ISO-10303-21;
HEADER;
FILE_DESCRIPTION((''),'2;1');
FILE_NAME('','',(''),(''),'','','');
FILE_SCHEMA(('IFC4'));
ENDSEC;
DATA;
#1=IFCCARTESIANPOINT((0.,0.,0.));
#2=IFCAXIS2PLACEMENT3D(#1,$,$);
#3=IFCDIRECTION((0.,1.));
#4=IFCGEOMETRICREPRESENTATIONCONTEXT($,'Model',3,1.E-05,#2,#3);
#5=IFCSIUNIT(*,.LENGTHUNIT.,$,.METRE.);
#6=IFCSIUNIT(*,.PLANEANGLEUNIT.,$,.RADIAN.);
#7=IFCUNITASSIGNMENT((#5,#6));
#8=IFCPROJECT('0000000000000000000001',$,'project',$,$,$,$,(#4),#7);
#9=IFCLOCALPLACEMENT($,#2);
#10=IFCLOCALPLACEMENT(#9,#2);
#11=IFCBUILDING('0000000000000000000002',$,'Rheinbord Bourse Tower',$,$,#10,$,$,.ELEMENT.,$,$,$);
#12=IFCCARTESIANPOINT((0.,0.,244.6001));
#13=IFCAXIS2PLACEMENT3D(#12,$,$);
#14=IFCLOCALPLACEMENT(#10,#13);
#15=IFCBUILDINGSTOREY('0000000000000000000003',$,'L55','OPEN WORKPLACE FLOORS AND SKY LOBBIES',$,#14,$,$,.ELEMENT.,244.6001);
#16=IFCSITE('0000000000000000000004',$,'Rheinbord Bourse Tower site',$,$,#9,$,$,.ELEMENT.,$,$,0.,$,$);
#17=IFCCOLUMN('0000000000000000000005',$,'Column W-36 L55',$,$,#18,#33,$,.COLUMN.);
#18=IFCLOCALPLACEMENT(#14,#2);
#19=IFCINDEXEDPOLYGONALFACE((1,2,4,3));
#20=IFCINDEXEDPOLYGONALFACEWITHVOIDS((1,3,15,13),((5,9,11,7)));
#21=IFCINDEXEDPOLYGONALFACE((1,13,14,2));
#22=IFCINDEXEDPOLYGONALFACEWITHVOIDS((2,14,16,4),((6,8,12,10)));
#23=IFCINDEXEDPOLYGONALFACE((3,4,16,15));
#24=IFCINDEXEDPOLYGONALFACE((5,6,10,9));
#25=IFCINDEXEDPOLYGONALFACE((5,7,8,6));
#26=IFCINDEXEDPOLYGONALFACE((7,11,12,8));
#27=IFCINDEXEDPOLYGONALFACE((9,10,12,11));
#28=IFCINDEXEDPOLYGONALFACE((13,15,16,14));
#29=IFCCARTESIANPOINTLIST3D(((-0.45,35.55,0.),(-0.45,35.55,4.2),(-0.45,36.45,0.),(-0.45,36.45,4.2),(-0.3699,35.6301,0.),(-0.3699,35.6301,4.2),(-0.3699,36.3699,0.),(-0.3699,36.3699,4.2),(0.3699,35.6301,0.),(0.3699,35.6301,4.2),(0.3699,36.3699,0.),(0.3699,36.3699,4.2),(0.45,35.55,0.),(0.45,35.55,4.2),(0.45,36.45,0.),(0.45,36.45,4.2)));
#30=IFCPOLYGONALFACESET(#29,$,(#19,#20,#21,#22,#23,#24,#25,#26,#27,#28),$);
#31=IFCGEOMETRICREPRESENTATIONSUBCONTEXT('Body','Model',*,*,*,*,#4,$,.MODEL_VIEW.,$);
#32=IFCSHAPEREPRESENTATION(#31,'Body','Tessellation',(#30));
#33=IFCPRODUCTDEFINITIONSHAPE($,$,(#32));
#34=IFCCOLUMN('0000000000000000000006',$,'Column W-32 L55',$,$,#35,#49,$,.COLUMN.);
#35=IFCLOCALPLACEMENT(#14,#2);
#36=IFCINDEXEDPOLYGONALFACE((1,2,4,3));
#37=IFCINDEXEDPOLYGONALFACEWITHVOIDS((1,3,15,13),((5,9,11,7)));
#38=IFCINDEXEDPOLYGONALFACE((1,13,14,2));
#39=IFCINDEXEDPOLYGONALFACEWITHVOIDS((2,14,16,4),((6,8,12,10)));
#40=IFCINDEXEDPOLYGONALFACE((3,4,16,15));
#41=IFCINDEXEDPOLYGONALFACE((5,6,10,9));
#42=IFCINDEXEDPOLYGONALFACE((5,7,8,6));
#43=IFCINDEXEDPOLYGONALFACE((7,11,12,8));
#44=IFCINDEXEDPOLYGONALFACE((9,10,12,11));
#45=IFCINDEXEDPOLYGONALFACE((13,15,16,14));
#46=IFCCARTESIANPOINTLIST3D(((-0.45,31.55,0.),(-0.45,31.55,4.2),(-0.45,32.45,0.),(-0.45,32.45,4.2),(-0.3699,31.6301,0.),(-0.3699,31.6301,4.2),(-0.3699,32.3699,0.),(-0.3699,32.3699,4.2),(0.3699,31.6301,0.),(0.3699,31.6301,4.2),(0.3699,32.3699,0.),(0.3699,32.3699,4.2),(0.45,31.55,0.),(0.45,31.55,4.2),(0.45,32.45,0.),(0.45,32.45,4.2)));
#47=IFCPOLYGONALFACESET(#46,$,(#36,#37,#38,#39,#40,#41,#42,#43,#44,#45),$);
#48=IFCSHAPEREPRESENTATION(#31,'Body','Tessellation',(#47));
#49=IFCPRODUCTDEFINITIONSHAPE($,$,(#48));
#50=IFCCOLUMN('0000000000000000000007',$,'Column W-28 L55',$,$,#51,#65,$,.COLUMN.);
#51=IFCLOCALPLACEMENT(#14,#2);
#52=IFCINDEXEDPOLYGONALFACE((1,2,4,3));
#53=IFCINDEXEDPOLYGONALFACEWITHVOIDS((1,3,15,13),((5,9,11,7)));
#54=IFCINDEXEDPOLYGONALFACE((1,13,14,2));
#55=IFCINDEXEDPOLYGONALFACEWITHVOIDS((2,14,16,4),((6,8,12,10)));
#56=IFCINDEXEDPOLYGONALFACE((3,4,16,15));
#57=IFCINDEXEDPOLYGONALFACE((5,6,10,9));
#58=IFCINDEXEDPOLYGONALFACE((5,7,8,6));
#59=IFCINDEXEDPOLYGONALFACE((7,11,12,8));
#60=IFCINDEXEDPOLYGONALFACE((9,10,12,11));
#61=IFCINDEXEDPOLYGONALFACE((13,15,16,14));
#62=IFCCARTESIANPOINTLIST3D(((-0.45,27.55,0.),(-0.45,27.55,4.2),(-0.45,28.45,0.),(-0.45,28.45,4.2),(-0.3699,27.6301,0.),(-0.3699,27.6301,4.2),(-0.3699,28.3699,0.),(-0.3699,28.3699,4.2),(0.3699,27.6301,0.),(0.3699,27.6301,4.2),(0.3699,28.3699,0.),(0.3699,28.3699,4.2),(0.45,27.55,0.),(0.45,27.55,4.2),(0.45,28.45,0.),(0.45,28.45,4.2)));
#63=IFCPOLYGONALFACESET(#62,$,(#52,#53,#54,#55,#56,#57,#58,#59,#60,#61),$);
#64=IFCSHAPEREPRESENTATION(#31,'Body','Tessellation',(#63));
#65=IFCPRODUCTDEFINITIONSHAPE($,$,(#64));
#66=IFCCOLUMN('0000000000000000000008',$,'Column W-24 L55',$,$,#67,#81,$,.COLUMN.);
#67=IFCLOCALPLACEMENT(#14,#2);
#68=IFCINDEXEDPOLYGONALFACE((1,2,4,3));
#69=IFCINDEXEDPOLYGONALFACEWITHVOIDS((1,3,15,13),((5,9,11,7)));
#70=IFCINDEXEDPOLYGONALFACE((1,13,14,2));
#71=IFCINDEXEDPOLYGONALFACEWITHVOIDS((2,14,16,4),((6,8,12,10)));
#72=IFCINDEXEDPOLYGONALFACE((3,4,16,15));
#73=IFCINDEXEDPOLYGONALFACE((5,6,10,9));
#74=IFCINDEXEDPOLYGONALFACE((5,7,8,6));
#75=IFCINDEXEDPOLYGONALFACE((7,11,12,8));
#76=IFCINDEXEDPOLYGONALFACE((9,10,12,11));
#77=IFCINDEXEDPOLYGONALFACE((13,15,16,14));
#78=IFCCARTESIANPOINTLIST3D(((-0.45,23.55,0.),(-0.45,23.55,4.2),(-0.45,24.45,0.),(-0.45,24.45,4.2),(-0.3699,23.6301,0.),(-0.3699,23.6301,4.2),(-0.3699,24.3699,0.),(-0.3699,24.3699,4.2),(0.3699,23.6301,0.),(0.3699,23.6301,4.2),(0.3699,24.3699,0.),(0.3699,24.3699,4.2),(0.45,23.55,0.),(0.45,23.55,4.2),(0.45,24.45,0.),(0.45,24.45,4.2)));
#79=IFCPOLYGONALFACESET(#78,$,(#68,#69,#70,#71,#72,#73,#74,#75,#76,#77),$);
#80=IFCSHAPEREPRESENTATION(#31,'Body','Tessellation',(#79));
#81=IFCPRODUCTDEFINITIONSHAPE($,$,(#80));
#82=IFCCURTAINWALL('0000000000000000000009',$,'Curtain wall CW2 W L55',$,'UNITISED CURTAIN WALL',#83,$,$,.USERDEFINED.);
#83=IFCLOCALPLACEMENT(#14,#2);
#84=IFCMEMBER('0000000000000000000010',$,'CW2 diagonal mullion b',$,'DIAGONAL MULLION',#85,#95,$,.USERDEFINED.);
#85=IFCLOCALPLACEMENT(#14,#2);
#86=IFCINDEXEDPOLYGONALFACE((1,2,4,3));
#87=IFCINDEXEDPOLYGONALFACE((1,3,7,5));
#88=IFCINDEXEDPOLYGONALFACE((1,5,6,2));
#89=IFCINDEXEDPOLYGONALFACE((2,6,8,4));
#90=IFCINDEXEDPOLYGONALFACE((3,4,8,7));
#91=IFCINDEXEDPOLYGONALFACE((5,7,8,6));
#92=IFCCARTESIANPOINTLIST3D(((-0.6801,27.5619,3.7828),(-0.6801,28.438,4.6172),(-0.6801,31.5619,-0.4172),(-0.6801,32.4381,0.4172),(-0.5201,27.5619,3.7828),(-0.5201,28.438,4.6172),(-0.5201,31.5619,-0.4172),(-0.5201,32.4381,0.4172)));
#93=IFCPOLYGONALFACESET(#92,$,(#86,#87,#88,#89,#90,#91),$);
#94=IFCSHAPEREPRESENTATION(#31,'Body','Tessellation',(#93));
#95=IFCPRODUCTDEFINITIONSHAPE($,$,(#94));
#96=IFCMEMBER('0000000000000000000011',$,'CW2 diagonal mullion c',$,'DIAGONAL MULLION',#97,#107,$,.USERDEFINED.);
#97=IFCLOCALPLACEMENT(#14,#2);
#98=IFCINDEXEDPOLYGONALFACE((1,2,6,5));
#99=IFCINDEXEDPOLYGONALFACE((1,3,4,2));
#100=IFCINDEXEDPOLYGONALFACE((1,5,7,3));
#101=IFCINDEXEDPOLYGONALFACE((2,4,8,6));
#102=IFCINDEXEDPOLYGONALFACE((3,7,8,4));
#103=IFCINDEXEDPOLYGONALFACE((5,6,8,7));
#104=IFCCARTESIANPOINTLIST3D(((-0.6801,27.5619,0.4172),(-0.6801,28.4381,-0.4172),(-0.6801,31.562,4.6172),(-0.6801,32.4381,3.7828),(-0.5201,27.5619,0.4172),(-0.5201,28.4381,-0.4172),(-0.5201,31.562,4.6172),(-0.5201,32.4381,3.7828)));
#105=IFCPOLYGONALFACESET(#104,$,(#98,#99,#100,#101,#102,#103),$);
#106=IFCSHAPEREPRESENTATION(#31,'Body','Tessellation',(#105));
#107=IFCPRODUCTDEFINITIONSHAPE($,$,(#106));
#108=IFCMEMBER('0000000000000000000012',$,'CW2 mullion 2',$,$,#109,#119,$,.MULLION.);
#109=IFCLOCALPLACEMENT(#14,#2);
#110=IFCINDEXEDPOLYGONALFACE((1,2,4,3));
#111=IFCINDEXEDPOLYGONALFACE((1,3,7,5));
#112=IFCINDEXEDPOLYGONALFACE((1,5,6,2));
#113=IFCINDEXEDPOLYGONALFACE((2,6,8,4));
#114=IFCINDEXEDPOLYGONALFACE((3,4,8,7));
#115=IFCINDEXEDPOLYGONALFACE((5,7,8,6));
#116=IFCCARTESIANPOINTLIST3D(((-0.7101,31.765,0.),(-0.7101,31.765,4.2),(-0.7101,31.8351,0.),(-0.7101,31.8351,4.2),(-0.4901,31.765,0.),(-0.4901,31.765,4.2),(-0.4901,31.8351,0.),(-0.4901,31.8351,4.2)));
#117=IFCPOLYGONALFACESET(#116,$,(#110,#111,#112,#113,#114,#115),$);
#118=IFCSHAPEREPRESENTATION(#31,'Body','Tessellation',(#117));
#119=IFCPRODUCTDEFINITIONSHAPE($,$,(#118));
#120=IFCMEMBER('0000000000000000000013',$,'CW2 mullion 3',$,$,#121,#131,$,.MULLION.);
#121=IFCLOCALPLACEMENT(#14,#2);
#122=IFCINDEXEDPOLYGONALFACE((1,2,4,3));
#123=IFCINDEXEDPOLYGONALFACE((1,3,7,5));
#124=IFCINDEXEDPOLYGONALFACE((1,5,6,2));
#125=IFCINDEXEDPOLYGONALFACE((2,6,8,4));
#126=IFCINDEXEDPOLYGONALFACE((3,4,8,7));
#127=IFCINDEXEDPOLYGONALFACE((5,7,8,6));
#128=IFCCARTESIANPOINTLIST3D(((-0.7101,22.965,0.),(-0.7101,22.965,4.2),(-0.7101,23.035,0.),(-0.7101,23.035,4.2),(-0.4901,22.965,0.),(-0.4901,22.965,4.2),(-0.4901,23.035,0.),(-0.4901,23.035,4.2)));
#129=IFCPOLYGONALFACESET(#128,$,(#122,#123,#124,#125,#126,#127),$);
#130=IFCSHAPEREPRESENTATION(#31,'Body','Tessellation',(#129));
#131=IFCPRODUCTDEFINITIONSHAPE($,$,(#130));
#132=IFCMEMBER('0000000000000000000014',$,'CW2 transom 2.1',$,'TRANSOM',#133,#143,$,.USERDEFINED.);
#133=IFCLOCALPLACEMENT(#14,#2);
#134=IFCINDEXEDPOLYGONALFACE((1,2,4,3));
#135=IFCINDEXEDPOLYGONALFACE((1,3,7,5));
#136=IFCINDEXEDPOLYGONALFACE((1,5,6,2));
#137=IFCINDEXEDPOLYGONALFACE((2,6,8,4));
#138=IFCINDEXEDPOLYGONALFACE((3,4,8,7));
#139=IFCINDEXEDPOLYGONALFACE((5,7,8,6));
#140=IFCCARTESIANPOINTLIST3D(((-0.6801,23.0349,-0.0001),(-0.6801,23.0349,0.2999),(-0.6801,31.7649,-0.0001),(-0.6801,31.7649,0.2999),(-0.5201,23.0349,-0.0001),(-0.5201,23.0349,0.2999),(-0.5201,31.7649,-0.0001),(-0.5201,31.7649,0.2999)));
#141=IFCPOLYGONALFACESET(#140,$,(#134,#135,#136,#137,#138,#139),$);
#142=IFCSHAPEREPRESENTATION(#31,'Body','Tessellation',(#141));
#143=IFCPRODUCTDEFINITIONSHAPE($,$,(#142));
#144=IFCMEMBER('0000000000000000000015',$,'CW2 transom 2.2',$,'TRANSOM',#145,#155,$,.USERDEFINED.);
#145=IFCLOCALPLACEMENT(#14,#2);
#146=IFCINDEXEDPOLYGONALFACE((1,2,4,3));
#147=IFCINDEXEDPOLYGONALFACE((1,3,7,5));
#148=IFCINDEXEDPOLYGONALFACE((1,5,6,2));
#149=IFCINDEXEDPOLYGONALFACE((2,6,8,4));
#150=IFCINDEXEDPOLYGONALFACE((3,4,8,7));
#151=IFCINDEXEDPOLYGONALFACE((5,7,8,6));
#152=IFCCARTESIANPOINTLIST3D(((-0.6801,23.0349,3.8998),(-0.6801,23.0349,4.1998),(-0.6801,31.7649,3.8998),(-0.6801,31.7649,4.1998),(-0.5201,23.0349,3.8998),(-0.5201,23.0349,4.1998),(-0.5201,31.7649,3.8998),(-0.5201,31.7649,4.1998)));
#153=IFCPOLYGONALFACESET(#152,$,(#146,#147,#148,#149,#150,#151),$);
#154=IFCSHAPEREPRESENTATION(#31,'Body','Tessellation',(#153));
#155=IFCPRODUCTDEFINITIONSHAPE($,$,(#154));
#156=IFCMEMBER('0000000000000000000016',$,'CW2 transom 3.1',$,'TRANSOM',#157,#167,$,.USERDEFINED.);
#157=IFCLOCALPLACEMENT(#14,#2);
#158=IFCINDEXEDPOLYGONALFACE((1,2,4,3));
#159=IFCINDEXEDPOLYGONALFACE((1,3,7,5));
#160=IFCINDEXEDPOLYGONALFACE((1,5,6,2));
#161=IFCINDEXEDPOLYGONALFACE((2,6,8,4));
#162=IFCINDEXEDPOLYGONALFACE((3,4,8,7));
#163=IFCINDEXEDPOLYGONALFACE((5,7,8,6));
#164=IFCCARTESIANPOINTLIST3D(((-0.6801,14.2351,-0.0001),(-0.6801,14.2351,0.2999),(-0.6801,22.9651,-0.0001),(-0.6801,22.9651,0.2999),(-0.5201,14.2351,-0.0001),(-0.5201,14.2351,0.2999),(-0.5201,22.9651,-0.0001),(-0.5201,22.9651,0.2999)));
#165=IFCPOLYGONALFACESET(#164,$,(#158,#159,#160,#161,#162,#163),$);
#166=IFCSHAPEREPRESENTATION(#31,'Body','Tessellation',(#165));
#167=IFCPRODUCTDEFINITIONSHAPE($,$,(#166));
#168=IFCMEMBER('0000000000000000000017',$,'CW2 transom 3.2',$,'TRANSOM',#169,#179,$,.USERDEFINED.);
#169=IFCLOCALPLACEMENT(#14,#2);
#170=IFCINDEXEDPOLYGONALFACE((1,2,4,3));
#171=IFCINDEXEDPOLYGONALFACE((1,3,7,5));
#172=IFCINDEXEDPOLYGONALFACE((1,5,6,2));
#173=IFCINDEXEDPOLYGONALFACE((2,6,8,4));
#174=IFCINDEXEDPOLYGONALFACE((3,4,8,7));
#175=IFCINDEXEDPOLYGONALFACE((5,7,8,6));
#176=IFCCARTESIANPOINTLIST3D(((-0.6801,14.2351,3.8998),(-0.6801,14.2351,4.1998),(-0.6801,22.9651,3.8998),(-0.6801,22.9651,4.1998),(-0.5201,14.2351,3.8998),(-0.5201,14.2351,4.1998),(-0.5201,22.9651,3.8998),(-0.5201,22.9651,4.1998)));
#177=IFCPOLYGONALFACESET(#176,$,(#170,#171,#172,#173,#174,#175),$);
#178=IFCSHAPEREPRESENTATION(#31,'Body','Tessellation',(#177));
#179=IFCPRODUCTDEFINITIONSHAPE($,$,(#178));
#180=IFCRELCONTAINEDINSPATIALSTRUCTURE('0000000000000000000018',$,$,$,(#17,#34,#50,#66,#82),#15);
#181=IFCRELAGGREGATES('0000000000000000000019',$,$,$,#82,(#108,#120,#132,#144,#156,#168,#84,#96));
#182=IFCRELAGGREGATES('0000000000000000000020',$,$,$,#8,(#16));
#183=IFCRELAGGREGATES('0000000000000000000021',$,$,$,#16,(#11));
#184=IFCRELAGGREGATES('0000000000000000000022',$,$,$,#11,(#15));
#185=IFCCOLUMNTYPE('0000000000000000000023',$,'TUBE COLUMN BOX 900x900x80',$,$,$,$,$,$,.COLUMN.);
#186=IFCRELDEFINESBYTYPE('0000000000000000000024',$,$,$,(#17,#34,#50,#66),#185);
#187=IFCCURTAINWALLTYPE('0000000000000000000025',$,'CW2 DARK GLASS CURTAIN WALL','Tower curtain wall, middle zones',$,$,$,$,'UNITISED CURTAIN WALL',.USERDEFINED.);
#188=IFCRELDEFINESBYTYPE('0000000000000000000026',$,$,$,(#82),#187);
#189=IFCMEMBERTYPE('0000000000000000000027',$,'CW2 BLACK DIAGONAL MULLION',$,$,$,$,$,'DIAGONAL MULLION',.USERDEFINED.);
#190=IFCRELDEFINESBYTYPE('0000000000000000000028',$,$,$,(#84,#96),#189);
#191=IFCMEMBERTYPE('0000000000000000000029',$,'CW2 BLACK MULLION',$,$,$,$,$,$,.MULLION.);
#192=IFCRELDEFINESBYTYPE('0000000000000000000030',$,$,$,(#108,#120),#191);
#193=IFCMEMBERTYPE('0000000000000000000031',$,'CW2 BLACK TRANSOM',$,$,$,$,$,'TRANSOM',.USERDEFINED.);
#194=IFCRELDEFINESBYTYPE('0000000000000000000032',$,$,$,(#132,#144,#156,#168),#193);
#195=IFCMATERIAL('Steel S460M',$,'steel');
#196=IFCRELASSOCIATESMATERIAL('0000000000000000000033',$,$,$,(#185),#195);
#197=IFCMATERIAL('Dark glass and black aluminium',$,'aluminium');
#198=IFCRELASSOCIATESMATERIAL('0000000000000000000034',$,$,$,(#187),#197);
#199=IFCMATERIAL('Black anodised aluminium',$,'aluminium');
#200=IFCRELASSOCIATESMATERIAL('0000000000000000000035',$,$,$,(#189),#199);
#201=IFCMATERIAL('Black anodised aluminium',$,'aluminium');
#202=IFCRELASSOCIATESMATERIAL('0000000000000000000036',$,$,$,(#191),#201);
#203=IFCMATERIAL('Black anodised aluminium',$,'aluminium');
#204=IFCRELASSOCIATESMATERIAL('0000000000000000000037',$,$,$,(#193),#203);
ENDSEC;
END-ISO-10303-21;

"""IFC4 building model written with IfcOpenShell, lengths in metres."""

from ifc_helpers import new_model, si_unit, direction, frame, origin, origin_2d, place, context, subcontext, project, spatial, rectangle, hollow_rectangle, extrude, material, material_profile, profile_set, type_object, element, aggregate, save


model = new_model("IFC4")

# Units and contexts
model_context = context("Model", 3, precision=1e-05, world=origin(), true_north=direction((0.0, 1.0)))
body_context = subcontext(model_context, "Body", "Model", "MODEL_VIEW")
ifc_project = project(units=[si_unit("LENGTHUNIT", "METRE"), si_unit("PLANEANGLEUNIT", "RADIAN")], contexts=[model_context])

# Site, building, storey
site_placement = place(None, origin())
site = spatial("IfcSite", under=ifc_project, at=site_placement, Name="Rheinbord Bourse Tower site", CompositionType="ELEMENT", RefElevation=0.0)
building_placement = place(site_placement, origin())
building = spatial("IfcBuilding", under=site, at=building_placement, Name="Rheinbord Bourse Tower", CompositionType="ELEMENT")
storey_placement = place(building_placement, frame((0.0, 0.0, 244.6001)))
storey = spatial("IfcBuildingStorey", under=building, at=storey_placement, Name="L55", Description="OPEN WORKPLACE FLOORS AND SKY LOBBIES", CompositionType="ELEMENT", Elevation=244.6001)

# Columns
ifc_material_1 = material(Name="Steel S460M", Category="steel")
ifc_material_profile_1 = material_profile(ifc_material_1, hollow_rectangle(XDim=0.8999, YDim=0.8999, WallThickness=0.0801, at=origin_2d()), Name="BOX 900x900x80")
ifc_profile_set_1 = profile_set([ifc_material_profile_1], Name="Steel S460M")
column_type = type_object("IfcColumnType", Name="TUBE COLUMN BOX 900x900x80", PredefinedType="COLUMN", material=ifc_profile_set_1)
for number, where, z_axis, x_axis, name in (
    (1, (0.0, 36.0, 0.0), (0.0, 0.0, 1.0), (1.0, 0.0, 0.0), "Column W-36 L55"),
    (2, (0.0, 32.0, 0.0), (0.0, 0.0, 1.0), (1.0, 0.0, 0.0), "Column W-32 L55"),
    (3, (0.0, 28.0, 0.0), (0.0, 0.0, 1.0), (1.0, 0.0, 0.0), "Column W-28 L55"),
    (4, (0.0, 24.0, 0.0), (0.0, 0.0, 1.0), (1.0, 0.0, 0.0), "Column W-24 L55"),
):
    element("IfcColumn", number, at=place(storey_placement, frame(where, z_axis=z_axis, x_axis=x_axis)), inside=storey, type_object=column_type, Name=name, PredefinedType="COLUMN", context=body_context, shape_type="SweptSolid", body=[
        extrude(hollow_rectangle(XDim=0.8999, YDim=0.8999, WallThickness=0.0801, at=origin_2d()), origin(), (0.0, 0.0, 1.0), 4.2),
    ])

# Curtain wall, members
ifc_material_2 = material(Name="Dark glass and black aluminium", Category="aluminium")
curtain_wall_type = type_object("IfcCurtainWallType", Name="CW2 DARK GLASS CURTAIN WALL", Description="Tower curtain wall, middle zones", ElementType="UNITISED CURTAIN WALL", PredefinedType="USERDEFINED", material=ifc_material_2)
curtain_wall_placement = place(storey_placement, origin())
curtain_wall = element("IfcCurtainWall", 5, at=curtain_wall_placement, inside=storey, type_object=curtain_wall_type, Name="Curtain wall CW2 W L55", ObjectType="UNITISED CURTAIN WALL", PredefinedType="USERDEFINED")
ifc_material_3 = material(Name="Black anodised aluminium", Category="aluminium")
ifc_material_profile_2 = material_profile(ifc_material_3, rectangle(XDim=0.1599, YDim=1.21, at=origin_2d()), Name="CW2 DIAGONAL MULLION 1210x160")
ifc_profile_set_2 = profile_set([ifc_material_profile_2], Name="Black anodised aluminium")
member_type_1 = type_object("IfcMemberType", Name="CW2 BLACK DIAGONAL MULLION", ElementType="DIAGONAL MULLION", PredefinedType="USERDEFINED", material=ifc_profile_set_2)
member_1_placement = place(storey_placement, frame((-0.6001, 32.0, 0.0), z_axis=(0.0, -0.689659, 0.724134), x_axis=(1.0, 0.0, 0.0)))
member_1 = element("IfcMember", 6, at=member_1_placement, type_object=member_type_1, Name="CW2 diagonal mullion b", ObjectType="DIAGONAL MULLION", PredefinedType="USERDEFINED", context=body_context, shape_type="SweptSolid", body=[
    extrude(rectangle(XDim=0.1599, YDim=1.21, at=origin_2d()), origin(), (0.0, 0.0, 1.0), 5.8),
])
member_2_placement = place(storey_placement, frame((-0.6001, 28.0, 0.0), z_axis=(0.0, 0.689659, 0.724134), x_axis=(-1.0, 0.0, 0.0)))
member_2 = element("IfcMember", 7, at=member_2_placement, type_object=member_type_1, Name="CW2 diagonal mullion c", ObjectType="DIAGONAL MULLION", PredefinedType="USERDEFINED", context=body_context, shape_type="SweptSolid", body=[
    extrude(rectangle(XDim=0.1599, YDim=1.21, at=origin_2d()), origin(), (0.0, 0.0, 1.0), 5.8),
])
ifc_material_4 = material(Name="Black anodised aluminium", Category="aluminium")
ifc_material_profile_3 = material_profile(ifc_material_4, rectangle(XDim=0.22, YDim=0.0701, at=origin_2d()), Name="CW2 MULLION 70x220")
ifc_profile_set_3 = profile_set([ifc_material_profile_3], Name="Black anodised aluminium")
member_type_2 = type_object("IfcMemberType", Name="CW2 BLACK MULLION", PredefinedType="MULLION", material=ifc_profile_set_3)
member_3_placement = place(storey_placement, frame((-0.6001, 31.8, 0.0), z_axis=(0.0, 0.0, 1.0), x_axis=(1.0, 0.0, 0.0)))
member_3 = element("IfcMember", 8, at=member_3_placement, type_object=member_type_2, Name="CW2 mullion 2", PredefinedType="MULLION", context=body_context, shape_type="SweptSolid", body=[
    extrude(rectangle(XDim=0.22, YDim=0.0701, at=origin_2d()), origin(), (0.0, 0.0, 1.0), 4.2),
])
member_4_placement = place(storey_placement, frame((-0.6001, 23.0, 0.0), z_axis=(0.0, 0.0, 1.0), x_axis=(1.0, 0.0, 0.0)))
member_4 = element("IfcMember", 9, at=member_4_placement, type_object=member_type_2, Name="CW2 mullion 3", PredefinedType="MULLION", context=body_context, shape_type="SweptSolid", body=[
    extrude(rectangle(XDim=0.22, YDim=0.0701, at=origin_2d()), origin(), (0.0, 0.0, 1.0), 4.2),
])
ifc_material_5 = material(Name="Black anodised aluminium", Category="aluminium")
ifc_material_profile_4 = material_profile(ifc_material_5, rectangle(XDim=0.1599, YDim=0.3, at=origin_2d()), Name="CW2 TRANSOM 300x160")
ifc_profile_set_4 = profile_set([ifc_material_profile_4], Name="Black anodised aluminium")
member_type_3 = type_object("IfcMemberType", Name="CW2 BLACK TRANSOM", ElementType="TRANSOM", PredefinedType="USERDEFINED", material=ifc_profile_set_4)
member_5_placement = place(storey_placement, frame((-0.6001, 31.7649, 0.1499), z_axis=(0.0, -1.0, 0.0), x_axis=(1.0, 0.0, 0.0)))
member_5 = element("IfcMember", 10, at=member_5_placement, type_object=member_type_3, Name="CW2 transom 2.1", ObjectType="TRANSOM", PredefinedType="USERDEFINED", context=body_context, shape_type="SweptSolid", body=[
    extrude(rectangle(XDim=0.1599, YDim=0.3, at=origin_2d()), origin(), (0.0, 0.0, 1.0), 8.73),
])
member_6_placement = place(storey_placement, frame((-0.6001, 31.7649, 4.0498), z_axis=(0.0, -1.0, 0.0), x_axis=(1.0, 0.0, 0.0)))
member_6 = element("IfcMember", 11, at=member_6_placement, type_object=member_type_3, Name="CW2 transom 2.2", ObjectType="TRANSOM", PredefinedType="USERDEFINED", context=body_context, shape_type="SweptSolid", body=[
    extrude(rectangle(XDim=0.1599, YDim=0.3, at=origin_2d()), origin(), (0.0, 0.0, 1.0), 8.73),
])
member_7_placement = place(storey_placement, frame((-0.6001, 22.9651, 0.1499), z_axis=(0.0, -1.0, 0.0), x_axis=(1.0, 0.0, 0.0)))
member_7 = element("IfcMember", 12, at=member_7_placement, type_object=member_type_3, Name="CW2 transom 3.1", ObjectType="TRANSOM", PredefinedType="USERDEFINED", context=body_context, shape_type="SweptSolid", body=[
    extrude(rectangle(XDim=0.1599, YDim=0.3, at=origin_2d()), origin(), (0.0, 0.0, 1.0), 8.73),
])
member_8_placement = place(storey_placement, frame((-0.6001, 22.9651, 4.0498), z_axis=(0.0, -1.0, 0.0), x_axis=(1.0, 0.0, 0.0)))
member_8 = element("IfcMember", 13, at=member_8_placement, type_object=member_type_3, Name="CW2 transom 3.2", ObjectType="TRANSOM", PredefinedType="USERDEFINED", context=body_context, shape_type="SweptSolid", body=[
    extrude(rectangle(XDim=0.1599, YDim=0.3, at=origin_2d()), origin(), (0.0, 0.0, 1.0), 8.73),
])

aggregate(curtain_wall, [member_3, member_4, member_5, member_6, member_7, member_8, member_1, member_2])

save(model, "model.ifc")
